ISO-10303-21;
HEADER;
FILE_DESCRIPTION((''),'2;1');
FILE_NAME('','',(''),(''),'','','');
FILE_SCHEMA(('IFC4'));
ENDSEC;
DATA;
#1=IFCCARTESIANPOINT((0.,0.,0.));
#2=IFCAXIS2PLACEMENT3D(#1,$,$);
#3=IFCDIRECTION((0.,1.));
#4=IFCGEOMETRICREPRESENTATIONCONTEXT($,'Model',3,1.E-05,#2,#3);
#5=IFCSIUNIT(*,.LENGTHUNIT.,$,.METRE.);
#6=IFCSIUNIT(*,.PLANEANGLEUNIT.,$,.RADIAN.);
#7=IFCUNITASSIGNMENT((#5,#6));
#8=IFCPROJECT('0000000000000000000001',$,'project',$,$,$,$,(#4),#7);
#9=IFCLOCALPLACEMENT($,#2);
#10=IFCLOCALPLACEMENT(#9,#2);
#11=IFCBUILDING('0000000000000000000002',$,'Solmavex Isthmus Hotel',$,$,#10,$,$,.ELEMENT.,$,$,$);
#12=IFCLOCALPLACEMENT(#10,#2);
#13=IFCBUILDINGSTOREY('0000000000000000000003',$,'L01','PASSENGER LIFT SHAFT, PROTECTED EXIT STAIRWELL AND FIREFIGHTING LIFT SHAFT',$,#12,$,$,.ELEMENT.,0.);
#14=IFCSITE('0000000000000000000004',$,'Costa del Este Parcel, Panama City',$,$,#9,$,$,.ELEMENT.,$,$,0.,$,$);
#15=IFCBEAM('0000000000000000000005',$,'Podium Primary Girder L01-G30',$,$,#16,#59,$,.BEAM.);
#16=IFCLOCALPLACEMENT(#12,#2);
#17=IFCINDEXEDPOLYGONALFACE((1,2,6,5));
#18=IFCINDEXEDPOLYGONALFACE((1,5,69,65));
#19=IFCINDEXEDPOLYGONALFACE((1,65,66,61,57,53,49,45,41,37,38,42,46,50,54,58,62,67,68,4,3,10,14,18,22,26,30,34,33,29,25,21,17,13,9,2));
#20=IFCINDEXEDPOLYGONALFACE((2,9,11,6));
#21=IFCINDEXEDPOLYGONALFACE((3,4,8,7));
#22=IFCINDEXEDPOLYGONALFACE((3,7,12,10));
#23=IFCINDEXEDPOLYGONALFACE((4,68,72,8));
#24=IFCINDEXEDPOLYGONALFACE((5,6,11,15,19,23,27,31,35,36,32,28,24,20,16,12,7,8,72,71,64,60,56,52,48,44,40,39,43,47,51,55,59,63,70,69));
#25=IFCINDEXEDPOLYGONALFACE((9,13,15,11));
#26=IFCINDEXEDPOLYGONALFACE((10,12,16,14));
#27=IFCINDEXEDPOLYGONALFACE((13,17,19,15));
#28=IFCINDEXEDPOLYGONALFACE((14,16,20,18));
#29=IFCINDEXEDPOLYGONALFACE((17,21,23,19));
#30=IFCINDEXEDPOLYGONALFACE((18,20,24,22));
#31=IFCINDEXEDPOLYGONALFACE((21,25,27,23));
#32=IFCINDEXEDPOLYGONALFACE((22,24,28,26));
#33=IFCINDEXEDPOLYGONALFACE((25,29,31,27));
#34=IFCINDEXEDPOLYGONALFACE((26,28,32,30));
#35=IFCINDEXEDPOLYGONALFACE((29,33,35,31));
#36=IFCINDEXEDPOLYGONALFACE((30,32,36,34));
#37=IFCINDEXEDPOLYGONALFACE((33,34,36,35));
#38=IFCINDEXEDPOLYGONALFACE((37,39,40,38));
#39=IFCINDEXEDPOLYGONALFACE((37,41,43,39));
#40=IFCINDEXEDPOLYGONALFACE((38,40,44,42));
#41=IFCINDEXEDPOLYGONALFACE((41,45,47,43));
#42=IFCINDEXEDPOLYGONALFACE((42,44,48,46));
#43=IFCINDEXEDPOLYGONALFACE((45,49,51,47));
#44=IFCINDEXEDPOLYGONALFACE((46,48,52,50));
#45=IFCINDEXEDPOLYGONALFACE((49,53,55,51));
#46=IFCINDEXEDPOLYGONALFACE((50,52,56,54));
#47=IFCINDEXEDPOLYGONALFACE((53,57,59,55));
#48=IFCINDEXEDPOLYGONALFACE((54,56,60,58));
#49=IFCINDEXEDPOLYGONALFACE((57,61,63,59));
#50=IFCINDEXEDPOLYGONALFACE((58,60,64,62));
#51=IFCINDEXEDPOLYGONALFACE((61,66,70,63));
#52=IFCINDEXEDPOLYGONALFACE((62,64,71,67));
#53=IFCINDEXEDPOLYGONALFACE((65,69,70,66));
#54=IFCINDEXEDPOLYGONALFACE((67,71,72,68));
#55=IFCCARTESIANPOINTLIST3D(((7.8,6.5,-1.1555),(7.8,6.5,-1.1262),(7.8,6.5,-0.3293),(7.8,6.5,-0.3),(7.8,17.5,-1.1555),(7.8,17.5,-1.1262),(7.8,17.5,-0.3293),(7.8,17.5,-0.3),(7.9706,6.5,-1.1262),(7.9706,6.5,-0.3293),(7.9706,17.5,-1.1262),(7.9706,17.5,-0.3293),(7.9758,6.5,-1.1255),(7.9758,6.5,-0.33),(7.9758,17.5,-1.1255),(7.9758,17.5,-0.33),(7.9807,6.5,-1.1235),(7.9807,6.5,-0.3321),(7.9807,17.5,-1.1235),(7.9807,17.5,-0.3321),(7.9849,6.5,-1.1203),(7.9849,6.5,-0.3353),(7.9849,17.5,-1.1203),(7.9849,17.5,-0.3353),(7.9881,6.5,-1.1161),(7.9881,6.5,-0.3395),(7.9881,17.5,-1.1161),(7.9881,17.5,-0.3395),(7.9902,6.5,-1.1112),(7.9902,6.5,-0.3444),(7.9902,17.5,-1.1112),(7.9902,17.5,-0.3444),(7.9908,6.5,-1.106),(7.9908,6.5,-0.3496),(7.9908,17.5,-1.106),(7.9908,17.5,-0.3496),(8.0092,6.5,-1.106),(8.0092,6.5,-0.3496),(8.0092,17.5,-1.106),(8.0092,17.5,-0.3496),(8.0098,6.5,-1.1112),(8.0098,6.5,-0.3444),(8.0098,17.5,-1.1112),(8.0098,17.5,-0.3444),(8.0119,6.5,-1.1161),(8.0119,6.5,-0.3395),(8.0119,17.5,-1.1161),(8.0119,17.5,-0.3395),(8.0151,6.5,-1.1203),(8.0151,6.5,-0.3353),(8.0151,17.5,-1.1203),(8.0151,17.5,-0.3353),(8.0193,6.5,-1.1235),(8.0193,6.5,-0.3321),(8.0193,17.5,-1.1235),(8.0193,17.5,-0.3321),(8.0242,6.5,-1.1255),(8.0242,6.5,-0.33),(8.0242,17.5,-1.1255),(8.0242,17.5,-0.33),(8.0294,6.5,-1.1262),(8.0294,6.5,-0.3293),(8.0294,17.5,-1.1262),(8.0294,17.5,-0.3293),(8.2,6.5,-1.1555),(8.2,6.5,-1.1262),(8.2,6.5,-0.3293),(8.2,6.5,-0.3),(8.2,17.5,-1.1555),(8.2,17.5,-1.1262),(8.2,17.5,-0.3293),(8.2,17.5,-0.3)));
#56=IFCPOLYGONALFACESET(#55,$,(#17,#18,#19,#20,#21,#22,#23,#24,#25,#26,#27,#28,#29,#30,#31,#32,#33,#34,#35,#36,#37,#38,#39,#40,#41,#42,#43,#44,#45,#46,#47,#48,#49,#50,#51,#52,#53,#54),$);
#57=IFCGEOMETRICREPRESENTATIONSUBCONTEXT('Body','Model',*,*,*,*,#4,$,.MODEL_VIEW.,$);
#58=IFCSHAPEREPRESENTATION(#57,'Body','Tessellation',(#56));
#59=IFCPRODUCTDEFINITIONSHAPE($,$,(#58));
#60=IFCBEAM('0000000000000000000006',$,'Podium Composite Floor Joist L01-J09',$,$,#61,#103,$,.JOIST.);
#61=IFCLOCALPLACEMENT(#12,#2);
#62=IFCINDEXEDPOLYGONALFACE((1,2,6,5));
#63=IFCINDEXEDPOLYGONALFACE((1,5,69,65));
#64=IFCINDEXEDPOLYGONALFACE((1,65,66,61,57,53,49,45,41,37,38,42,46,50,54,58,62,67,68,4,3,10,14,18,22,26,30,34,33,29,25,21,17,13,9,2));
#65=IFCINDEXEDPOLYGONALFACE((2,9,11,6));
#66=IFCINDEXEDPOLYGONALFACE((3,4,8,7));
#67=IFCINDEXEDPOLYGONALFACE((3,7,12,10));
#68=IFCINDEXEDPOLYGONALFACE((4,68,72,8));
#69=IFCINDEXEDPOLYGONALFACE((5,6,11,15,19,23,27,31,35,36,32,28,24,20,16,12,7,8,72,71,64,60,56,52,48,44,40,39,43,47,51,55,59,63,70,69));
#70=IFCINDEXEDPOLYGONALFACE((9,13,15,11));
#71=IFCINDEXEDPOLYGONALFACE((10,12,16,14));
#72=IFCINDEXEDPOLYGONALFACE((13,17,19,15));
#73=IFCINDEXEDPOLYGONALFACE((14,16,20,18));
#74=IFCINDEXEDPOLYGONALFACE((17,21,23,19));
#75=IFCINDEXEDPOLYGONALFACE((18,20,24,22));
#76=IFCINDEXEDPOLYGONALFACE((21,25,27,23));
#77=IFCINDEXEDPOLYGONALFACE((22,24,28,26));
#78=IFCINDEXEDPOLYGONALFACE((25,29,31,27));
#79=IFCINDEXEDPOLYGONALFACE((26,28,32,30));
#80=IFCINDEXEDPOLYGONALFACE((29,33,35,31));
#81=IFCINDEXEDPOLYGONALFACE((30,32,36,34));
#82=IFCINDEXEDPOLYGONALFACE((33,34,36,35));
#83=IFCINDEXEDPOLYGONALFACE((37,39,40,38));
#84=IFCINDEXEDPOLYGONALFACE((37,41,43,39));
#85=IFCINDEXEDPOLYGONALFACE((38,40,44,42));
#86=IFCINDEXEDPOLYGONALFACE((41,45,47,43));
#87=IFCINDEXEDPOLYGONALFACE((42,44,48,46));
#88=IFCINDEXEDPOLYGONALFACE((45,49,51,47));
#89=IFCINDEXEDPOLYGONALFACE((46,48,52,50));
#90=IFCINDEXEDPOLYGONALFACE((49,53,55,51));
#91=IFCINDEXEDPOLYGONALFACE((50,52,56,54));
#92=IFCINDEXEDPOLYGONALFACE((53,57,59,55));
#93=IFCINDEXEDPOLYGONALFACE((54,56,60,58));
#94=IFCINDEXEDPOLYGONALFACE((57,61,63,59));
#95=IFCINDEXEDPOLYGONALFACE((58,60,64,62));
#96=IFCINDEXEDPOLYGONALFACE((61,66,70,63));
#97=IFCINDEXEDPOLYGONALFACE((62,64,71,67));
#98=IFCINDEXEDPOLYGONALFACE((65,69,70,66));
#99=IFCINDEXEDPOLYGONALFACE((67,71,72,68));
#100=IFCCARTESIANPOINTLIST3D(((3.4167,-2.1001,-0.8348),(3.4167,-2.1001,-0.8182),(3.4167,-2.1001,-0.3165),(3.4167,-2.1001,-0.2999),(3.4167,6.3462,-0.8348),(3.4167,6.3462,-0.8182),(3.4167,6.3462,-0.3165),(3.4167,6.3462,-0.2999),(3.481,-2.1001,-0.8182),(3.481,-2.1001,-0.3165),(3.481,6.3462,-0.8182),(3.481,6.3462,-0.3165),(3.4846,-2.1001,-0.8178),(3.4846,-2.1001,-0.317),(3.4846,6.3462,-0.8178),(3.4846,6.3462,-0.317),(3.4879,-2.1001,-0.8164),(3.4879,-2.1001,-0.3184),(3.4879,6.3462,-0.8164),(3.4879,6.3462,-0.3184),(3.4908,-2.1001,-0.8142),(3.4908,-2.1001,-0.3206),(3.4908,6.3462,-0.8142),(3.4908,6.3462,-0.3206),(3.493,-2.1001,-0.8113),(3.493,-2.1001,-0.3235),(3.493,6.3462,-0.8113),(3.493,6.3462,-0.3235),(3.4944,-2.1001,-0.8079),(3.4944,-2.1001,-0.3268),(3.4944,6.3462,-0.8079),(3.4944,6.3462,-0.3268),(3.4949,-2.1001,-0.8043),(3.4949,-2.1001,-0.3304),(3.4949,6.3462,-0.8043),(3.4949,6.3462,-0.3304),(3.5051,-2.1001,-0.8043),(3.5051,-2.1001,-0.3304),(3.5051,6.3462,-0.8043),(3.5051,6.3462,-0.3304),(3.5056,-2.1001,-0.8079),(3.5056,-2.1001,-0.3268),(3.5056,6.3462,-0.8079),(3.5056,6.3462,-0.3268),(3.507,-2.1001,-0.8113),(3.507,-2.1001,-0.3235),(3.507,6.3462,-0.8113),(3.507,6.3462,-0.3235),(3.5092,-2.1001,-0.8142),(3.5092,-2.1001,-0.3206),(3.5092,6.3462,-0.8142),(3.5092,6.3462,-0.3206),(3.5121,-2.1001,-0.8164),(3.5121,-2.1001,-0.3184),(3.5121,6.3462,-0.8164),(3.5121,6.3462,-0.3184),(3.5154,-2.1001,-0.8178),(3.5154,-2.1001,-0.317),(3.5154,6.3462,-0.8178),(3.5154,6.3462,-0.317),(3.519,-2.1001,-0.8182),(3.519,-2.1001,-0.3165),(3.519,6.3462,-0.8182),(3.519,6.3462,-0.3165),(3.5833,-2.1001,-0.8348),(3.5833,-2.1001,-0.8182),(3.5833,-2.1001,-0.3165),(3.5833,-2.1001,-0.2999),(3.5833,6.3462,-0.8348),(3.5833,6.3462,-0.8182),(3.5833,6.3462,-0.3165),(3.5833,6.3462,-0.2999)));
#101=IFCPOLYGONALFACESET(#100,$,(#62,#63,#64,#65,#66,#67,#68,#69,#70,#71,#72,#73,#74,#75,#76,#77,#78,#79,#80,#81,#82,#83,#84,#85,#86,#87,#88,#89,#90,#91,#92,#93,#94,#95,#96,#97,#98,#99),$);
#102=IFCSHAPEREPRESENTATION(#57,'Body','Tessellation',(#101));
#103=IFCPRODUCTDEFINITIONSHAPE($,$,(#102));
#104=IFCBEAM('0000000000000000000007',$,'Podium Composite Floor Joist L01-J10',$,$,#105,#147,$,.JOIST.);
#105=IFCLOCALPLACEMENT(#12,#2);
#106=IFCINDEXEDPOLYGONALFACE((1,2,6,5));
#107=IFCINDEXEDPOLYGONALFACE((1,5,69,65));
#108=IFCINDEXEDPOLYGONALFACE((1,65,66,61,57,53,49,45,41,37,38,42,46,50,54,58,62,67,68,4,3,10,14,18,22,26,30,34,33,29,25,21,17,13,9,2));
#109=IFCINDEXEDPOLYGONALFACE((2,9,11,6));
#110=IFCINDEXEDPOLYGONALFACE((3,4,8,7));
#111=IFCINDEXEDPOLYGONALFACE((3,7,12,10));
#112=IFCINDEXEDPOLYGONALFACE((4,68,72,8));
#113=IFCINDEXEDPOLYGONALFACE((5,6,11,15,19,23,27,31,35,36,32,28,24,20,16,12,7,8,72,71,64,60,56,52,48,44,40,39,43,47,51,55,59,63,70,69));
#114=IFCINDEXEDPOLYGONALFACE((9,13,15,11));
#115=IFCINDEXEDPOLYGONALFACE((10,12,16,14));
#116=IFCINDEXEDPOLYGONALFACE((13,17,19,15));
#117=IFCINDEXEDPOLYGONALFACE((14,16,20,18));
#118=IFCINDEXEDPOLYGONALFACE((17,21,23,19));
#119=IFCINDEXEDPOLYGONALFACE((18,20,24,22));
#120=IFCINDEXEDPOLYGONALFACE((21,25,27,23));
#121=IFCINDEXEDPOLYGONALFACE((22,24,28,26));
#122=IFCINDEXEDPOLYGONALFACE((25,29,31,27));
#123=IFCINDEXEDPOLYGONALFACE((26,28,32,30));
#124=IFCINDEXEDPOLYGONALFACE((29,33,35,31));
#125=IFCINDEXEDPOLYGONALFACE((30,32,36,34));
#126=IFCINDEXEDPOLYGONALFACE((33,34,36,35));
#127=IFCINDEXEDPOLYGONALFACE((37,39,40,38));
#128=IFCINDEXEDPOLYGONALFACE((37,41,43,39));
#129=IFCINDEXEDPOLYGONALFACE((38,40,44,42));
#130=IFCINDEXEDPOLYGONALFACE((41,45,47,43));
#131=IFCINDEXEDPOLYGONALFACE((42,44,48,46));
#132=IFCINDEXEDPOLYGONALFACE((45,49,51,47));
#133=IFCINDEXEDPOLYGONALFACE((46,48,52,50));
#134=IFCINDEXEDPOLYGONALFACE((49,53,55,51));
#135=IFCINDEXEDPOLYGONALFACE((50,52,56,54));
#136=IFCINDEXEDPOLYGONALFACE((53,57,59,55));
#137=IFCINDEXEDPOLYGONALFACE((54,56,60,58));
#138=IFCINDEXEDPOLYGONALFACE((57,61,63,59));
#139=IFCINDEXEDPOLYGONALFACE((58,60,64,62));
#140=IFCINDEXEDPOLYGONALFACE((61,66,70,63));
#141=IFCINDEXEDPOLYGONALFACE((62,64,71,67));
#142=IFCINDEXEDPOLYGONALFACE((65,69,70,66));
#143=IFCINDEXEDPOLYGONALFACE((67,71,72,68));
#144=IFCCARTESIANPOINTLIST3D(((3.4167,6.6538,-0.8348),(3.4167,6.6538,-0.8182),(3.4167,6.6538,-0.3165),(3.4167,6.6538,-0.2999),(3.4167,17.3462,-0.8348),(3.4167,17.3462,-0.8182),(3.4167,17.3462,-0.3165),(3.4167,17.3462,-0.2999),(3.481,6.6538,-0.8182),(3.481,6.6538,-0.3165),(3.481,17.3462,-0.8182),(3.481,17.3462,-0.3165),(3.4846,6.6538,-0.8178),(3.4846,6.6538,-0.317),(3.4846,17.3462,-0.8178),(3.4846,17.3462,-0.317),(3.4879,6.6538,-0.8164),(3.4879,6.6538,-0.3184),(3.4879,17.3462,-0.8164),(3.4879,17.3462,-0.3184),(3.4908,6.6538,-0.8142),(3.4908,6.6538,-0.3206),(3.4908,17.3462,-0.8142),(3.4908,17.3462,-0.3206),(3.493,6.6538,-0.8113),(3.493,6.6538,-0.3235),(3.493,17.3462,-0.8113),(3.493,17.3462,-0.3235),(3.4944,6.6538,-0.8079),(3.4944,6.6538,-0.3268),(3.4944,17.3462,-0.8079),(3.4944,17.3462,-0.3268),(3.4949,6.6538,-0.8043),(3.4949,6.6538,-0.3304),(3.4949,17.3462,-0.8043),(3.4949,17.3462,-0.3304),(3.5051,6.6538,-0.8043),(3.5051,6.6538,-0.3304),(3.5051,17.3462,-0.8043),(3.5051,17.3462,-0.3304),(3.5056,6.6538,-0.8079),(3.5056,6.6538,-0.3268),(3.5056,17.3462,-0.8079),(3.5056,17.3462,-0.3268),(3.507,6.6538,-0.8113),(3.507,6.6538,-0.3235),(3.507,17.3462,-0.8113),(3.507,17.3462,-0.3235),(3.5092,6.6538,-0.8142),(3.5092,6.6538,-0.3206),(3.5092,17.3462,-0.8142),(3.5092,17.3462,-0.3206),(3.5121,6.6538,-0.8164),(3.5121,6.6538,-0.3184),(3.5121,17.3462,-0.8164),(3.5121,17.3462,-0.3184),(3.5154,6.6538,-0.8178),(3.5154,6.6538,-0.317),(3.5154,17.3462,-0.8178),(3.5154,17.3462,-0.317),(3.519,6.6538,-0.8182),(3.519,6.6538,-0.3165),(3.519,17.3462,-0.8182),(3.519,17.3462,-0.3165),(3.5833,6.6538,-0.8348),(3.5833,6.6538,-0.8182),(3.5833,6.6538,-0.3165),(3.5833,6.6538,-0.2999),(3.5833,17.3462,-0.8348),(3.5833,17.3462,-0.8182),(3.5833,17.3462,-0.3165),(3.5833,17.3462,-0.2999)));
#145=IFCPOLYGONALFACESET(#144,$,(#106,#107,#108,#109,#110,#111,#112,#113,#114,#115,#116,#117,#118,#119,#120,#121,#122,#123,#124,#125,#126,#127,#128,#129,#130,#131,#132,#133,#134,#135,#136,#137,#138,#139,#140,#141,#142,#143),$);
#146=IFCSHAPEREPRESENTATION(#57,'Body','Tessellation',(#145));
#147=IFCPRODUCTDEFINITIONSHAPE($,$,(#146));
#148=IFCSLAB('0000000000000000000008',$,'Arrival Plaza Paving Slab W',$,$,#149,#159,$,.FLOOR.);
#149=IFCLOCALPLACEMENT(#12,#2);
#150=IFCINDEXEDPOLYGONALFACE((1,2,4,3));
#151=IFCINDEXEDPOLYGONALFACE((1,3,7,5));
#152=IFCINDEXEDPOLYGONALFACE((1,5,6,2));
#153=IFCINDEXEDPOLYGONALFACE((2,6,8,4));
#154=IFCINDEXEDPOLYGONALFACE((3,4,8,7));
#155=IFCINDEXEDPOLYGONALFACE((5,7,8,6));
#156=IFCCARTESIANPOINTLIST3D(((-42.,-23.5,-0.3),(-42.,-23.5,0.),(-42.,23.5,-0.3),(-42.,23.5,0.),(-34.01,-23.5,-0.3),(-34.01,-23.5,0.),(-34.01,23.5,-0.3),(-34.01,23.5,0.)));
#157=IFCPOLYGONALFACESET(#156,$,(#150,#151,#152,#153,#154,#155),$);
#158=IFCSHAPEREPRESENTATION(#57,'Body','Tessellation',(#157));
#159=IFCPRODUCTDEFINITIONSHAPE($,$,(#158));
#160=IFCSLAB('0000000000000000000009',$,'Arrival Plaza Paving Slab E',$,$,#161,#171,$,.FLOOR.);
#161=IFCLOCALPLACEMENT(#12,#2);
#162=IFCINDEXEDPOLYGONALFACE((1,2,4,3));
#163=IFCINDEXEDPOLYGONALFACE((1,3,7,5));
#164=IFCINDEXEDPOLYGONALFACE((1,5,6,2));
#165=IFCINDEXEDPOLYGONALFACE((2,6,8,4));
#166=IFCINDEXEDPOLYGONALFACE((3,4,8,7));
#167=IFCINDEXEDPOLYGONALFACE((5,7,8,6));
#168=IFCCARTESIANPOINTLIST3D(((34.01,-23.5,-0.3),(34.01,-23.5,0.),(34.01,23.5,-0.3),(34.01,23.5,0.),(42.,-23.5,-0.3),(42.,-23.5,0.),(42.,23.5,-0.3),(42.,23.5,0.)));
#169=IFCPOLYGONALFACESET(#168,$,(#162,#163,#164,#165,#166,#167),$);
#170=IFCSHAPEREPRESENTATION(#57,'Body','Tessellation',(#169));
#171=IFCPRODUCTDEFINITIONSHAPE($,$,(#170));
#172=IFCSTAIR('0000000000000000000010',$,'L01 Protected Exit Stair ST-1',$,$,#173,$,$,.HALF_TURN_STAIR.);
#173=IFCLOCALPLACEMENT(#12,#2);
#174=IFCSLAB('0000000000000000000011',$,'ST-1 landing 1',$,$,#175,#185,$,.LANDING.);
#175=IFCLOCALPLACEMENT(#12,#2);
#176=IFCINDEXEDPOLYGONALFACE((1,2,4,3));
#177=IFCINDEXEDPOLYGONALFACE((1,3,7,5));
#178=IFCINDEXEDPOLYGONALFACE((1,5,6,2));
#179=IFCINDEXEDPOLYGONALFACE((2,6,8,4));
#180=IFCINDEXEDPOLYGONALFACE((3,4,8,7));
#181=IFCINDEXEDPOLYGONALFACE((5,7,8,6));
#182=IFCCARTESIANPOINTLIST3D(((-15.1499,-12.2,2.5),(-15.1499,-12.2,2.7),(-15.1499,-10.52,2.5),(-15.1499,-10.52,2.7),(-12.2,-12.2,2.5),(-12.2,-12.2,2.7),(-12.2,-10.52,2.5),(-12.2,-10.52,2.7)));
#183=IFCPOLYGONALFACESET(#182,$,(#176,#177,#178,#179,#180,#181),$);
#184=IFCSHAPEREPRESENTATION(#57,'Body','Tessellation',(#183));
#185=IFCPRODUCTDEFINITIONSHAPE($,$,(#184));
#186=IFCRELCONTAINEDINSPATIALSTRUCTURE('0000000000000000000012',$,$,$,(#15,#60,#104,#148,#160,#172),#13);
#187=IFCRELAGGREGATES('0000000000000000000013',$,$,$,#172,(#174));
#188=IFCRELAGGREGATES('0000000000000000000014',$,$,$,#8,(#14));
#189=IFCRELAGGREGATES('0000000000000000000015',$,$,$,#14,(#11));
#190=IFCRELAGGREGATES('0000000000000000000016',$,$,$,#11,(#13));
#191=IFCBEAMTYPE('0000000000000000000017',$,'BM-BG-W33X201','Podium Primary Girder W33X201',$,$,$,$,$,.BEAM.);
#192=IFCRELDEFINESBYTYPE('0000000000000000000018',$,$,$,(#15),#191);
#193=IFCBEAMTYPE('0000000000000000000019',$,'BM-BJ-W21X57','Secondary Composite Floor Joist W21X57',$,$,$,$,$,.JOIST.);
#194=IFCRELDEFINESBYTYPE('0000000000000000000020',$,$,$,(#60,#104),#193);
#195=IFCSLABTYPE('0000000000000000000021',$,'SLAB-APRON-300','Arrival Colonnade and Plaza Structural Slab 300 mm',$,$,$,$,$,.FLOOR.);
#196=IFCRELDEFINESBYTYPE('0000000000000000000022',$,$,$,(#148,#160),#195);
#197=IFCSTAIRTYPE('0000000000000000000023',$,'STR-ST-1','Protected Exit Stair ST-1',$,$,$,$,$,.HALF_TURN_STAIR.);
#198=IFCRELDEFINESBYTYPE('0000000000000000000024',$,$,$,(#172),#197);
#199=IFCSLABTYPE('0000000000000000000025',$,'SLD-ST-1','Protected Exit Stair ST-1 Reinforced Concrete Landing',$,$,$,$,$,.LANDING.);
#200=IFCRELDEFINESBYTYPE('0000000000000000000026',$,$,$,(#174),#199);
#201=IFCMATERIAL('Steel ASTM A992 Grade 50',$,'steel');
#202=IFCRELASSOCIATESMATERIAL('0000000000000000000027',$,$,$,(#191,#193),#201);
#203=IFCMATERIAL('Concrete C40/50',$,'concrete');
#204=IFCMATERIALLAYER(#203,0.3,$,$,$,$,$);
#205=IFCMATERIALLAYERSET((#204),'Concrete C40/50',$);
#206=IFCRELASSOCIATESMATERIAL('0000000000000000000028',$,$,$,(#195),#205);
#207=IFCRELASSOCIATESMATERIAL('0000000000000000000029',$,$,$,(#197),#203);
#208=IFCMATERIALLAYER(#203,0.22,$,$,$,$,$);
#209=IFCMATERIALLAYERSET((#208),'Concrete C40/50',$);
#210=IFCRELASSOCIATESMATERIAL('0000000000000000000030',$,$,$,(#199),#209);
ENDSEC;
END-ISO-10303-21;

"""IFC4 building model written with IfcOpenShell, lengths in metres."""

from ifc_helpers import new_model, si_unit, direction, frame, origin, origin_2d, place, context, subcontext, project, spatial, polyline, i_section, outline, extrude, material, layer, layer_set, material_profile, profile_set, type_object, element, aggregate, save


model = new_model("IFC4")

# Units and contexts
model_context = context("Model", 3, precision=1e-05, world=origin(), true_north=direction((0.0, 1.0)))
body_context = subcontext(model_context, "Body", "Model", "MODEL_VIEW")
ifc_project = project(units=[si_unit("LENGTHUNIT", "METRE"), si_unit("PLANEANGLEUNIT", "RADIAN")], contexts=[model_context])

# Site, building, storey
site_placement = place(None, origin())
site = spatial("IfcSite", under=ifc_project, at=site_placement, Name="Costa del Este Parcel, Panama City", CompositionType="ELEMENT", RefElevation=0.0)
building_placement = place(site_placement, origin())
building = spatial("IfcBuilding", under=site, at=building_placement, Name="Solmavex Isthmus Hotel", CompositionType="ELEMENT")
storey_placement = place(building_placement, origin())
storey = spatial("IfcBuildingStorey", under=building, at=storey_placement, Name="L01", Description="PASSENGER LIFT SHAFT, PROTECTED EXIT STAIRWELL AND FIREFIGHTING LIFT SHAFT", CompositionType="ELEMENT", Elevation=0.0)

# Beams
ifc_material_1 = material(Name="Steel ASTM A992 Grade 50", Category="steel")
ifc_material_profile_1 = material_profile(ifc_material_1, i_section(OverallWidth=0.3999, OverallDepth=0.8555, WebThickness=0.0183, FlangeThickness=0.0293, FilletRadius=0.0203, at=origin_2d()), Name="W33X201")
ifc_profile_set_1 = profile_set([ifc_material_profile_1], Name="Steel ASTM A992 Grade 50")
beam_type_1 = type_object("IfcBeamType", Name="BM-BG-W33X201", Description="Podium Primary Girder W33X201", PredefinedType="BEAM", material=ifc_profile_set_1)
beam_1_placement = place(storey_placement, frame((8.0, 6.5, -0.7278), z_axis=(0.0, 1.0, 0.0), x_axis=(-1.0, 0.0, 0.0)))
element("IfcBeam", 1, at=beam_1_placement, inside=storey, type_object=beam_type_1, Name="Podium Primary Girder L01-G30", PredefinedType="BEAM", context=body_context, shape_type="SweptSolid", body=[
    extrude(i_section(OverallWidth=0.3999, OverallDepth=0.8555, WebThickness=0.0183, FlangeThickness=0.0293, FilletRadius=0.0203, at=origin_2d()), origin(), (0.0, 0.0, 1.0), 11.0),
])
ifc_material_profile_2 = material_profile(ifc_material_1, i_section(OverallWidth=0.1665, OverallDepth=0.5349, WebThickness=0.0103, FlangeThickness=0.0166, FilletRadius=0.0139, at=origin_2d()), Name="W21X57")
ifc_profile_set_2 = profile_set([ifc_material_profile_2], Name="Steel ASTM A992 Grade 50")
beam_type_2 = type_object("IfcBeamType", Name="BM-BJ-W21X57", Description="Secondary Composite Floor Joist W21X57", PredefinedType="JOIST", material=ifc_profile_set_2)
beam_2_placement = place(storey_placement, frame((3.5, -2.1001, -0.5674), z_axis=(0.0, 1.0, 0.0), x_axis=(-1.0, 0.0, 0.0)))
element("IfcBeam", 2, at=beam_2_placement, inside=storey, type_object=beam_type_2, Name="Podium Composite Floor Joist L01-J09", PredefinedType="JOIST", context=body_context, shape_type="SweptSolid", body=[
    extrude(i_section(OverallWidth=0.1665, OverallDepth=0.5349, WebThickness=0.0103, FlangeThickness=0.0166, FilletRadius=0.0139, at=origin_2d()), origin(), (0.0, 0.0, 1.0), 8.4463),
])
beam_3_placement = place(storey_placement, frame((3.5, 6.6538, -0.5674), z_axis=(0.0, 1.0, 0.0), x_axis=(-1.0, 0.0, 0.0)))
element("IfcBeam", 3, at=beam_3_placement, inside=storey, type_object=beam_type_2, Name="Podium Composite Floor Joist L01-J10", PredefinedType="JOIST", context=body_context, shape_type="SweptSolid", body=[
    extrude(i_section(OverallWidth=0.1665, OverallDepth=0.5349, WebThickness=0.0103, FlangeThickness=0.0166, FilletRadius=0.0139, at=origin_2d()), origin(), (0.0, 0.0, 1.0), 10.6924),
])

# Slabs
ifc_material_2 = material(Name="Concrete C40/50", Category="concrete")
ifc_layer_1 = layer(ifc_material_2, 0.3)
ifc_layer_set_1 = layer_set([ifc_layer_1], Name="Concrete C40/50")
slab_type_1 = type_object("IfcSlabType", Name="SLAB-APRON-300", Description="Arrival Colonnade and Plaza Structural Slab 300 mm", PredefinedType="FLOOR", material=ifc_layer_set_1)
slab_1_placement = place(storey_placement, frame((0.0, 0.0, -0.3)))
element("IfcSlab", 4, at=slab_1_placement, inside=storey, type_object=slab_type_1, Name="Arrival Plaza Paving Slab W", PredefinedType="FLOOR", context=body_context, shape_type="SweptSolid", body=[
    extrude(outline(polyline([(-42.0, -23.5), (-34.01, -23.5), (-34.01, 23.5), (-42.0, 23.5), (-42.0, -23.5)])), origin(), (0.0, 0.0, 1.0), 0.3),
])
slab_2_placement = place(storey_placement, frame((0.0, 0.0, -0.3)))
element("IfcSlab", 5, at=slab_2_placement, inside=storey, type_object=slab_type_1, Name="Arrival Plaza Paving Slab E", PredefinedType="FLOOR", context=body_context, shape_type="SweptSolid", body=[
    extrude(outline(polyline([(34.01, -23.5), (42.0, -23.5), (42.0, 23.5), (34.01, 23.5), (34.01, -23.5)])), origin(), (0.0, 0.0, 1.0), 0.3),
])

# Stair, slab
stair_type_1 = type_object("IfcStairType", Name="STR-ST-1", Description="Protected Exit Stair ST-1", PredefinedType="HALF_TURN_STAIR", material=ifc_material_2)
stair_1_placement = place(storey_placement, origin())
stair_1 = element("IfcStair", 6, at=stair_1_placement, inside=storey, type_object=stair_type_1, Name="L01 Protected Exit Stair ST-1", PredefinedType="HALF_TURN_STAIR")
ifc_layer_2 = layer(ifc_material_2, 0.22)
ifc_layer_set_2 = layer_set([ifc_layer_2], Name="Concrete C40/50")
slab_type_2 = type_object("IfcSlabType", Name="SLD-ST-1", Description="Protected Exit Stair ST-1 Reinforced Concrete Landing", PredefinedType="LANDING", material=ifc_layer_set_2)
slab_3_placement = place(storey_placement, frame((0.0, 0.0, 2.5)))
slab_3 = element("IfcSlab", 7, at=slab_3_placement, type_object=slab_type_2, Name="ST-1 landing 1", PredefinedType="LANDING", context=body_context, shape_type="SweptSolid", body=[
    extrude(outline(polyline([(-15.1499, -10.52), (-15.1499, -12.2), (-12.2, -12.2), (-12.2, -10.52), (-15.1499, -10.52)])), origin(), (0.0, 0.0, 1.0), 0.2),
])
aggregate(stair_1, [slab_3])

save(model, "model.ifc")
